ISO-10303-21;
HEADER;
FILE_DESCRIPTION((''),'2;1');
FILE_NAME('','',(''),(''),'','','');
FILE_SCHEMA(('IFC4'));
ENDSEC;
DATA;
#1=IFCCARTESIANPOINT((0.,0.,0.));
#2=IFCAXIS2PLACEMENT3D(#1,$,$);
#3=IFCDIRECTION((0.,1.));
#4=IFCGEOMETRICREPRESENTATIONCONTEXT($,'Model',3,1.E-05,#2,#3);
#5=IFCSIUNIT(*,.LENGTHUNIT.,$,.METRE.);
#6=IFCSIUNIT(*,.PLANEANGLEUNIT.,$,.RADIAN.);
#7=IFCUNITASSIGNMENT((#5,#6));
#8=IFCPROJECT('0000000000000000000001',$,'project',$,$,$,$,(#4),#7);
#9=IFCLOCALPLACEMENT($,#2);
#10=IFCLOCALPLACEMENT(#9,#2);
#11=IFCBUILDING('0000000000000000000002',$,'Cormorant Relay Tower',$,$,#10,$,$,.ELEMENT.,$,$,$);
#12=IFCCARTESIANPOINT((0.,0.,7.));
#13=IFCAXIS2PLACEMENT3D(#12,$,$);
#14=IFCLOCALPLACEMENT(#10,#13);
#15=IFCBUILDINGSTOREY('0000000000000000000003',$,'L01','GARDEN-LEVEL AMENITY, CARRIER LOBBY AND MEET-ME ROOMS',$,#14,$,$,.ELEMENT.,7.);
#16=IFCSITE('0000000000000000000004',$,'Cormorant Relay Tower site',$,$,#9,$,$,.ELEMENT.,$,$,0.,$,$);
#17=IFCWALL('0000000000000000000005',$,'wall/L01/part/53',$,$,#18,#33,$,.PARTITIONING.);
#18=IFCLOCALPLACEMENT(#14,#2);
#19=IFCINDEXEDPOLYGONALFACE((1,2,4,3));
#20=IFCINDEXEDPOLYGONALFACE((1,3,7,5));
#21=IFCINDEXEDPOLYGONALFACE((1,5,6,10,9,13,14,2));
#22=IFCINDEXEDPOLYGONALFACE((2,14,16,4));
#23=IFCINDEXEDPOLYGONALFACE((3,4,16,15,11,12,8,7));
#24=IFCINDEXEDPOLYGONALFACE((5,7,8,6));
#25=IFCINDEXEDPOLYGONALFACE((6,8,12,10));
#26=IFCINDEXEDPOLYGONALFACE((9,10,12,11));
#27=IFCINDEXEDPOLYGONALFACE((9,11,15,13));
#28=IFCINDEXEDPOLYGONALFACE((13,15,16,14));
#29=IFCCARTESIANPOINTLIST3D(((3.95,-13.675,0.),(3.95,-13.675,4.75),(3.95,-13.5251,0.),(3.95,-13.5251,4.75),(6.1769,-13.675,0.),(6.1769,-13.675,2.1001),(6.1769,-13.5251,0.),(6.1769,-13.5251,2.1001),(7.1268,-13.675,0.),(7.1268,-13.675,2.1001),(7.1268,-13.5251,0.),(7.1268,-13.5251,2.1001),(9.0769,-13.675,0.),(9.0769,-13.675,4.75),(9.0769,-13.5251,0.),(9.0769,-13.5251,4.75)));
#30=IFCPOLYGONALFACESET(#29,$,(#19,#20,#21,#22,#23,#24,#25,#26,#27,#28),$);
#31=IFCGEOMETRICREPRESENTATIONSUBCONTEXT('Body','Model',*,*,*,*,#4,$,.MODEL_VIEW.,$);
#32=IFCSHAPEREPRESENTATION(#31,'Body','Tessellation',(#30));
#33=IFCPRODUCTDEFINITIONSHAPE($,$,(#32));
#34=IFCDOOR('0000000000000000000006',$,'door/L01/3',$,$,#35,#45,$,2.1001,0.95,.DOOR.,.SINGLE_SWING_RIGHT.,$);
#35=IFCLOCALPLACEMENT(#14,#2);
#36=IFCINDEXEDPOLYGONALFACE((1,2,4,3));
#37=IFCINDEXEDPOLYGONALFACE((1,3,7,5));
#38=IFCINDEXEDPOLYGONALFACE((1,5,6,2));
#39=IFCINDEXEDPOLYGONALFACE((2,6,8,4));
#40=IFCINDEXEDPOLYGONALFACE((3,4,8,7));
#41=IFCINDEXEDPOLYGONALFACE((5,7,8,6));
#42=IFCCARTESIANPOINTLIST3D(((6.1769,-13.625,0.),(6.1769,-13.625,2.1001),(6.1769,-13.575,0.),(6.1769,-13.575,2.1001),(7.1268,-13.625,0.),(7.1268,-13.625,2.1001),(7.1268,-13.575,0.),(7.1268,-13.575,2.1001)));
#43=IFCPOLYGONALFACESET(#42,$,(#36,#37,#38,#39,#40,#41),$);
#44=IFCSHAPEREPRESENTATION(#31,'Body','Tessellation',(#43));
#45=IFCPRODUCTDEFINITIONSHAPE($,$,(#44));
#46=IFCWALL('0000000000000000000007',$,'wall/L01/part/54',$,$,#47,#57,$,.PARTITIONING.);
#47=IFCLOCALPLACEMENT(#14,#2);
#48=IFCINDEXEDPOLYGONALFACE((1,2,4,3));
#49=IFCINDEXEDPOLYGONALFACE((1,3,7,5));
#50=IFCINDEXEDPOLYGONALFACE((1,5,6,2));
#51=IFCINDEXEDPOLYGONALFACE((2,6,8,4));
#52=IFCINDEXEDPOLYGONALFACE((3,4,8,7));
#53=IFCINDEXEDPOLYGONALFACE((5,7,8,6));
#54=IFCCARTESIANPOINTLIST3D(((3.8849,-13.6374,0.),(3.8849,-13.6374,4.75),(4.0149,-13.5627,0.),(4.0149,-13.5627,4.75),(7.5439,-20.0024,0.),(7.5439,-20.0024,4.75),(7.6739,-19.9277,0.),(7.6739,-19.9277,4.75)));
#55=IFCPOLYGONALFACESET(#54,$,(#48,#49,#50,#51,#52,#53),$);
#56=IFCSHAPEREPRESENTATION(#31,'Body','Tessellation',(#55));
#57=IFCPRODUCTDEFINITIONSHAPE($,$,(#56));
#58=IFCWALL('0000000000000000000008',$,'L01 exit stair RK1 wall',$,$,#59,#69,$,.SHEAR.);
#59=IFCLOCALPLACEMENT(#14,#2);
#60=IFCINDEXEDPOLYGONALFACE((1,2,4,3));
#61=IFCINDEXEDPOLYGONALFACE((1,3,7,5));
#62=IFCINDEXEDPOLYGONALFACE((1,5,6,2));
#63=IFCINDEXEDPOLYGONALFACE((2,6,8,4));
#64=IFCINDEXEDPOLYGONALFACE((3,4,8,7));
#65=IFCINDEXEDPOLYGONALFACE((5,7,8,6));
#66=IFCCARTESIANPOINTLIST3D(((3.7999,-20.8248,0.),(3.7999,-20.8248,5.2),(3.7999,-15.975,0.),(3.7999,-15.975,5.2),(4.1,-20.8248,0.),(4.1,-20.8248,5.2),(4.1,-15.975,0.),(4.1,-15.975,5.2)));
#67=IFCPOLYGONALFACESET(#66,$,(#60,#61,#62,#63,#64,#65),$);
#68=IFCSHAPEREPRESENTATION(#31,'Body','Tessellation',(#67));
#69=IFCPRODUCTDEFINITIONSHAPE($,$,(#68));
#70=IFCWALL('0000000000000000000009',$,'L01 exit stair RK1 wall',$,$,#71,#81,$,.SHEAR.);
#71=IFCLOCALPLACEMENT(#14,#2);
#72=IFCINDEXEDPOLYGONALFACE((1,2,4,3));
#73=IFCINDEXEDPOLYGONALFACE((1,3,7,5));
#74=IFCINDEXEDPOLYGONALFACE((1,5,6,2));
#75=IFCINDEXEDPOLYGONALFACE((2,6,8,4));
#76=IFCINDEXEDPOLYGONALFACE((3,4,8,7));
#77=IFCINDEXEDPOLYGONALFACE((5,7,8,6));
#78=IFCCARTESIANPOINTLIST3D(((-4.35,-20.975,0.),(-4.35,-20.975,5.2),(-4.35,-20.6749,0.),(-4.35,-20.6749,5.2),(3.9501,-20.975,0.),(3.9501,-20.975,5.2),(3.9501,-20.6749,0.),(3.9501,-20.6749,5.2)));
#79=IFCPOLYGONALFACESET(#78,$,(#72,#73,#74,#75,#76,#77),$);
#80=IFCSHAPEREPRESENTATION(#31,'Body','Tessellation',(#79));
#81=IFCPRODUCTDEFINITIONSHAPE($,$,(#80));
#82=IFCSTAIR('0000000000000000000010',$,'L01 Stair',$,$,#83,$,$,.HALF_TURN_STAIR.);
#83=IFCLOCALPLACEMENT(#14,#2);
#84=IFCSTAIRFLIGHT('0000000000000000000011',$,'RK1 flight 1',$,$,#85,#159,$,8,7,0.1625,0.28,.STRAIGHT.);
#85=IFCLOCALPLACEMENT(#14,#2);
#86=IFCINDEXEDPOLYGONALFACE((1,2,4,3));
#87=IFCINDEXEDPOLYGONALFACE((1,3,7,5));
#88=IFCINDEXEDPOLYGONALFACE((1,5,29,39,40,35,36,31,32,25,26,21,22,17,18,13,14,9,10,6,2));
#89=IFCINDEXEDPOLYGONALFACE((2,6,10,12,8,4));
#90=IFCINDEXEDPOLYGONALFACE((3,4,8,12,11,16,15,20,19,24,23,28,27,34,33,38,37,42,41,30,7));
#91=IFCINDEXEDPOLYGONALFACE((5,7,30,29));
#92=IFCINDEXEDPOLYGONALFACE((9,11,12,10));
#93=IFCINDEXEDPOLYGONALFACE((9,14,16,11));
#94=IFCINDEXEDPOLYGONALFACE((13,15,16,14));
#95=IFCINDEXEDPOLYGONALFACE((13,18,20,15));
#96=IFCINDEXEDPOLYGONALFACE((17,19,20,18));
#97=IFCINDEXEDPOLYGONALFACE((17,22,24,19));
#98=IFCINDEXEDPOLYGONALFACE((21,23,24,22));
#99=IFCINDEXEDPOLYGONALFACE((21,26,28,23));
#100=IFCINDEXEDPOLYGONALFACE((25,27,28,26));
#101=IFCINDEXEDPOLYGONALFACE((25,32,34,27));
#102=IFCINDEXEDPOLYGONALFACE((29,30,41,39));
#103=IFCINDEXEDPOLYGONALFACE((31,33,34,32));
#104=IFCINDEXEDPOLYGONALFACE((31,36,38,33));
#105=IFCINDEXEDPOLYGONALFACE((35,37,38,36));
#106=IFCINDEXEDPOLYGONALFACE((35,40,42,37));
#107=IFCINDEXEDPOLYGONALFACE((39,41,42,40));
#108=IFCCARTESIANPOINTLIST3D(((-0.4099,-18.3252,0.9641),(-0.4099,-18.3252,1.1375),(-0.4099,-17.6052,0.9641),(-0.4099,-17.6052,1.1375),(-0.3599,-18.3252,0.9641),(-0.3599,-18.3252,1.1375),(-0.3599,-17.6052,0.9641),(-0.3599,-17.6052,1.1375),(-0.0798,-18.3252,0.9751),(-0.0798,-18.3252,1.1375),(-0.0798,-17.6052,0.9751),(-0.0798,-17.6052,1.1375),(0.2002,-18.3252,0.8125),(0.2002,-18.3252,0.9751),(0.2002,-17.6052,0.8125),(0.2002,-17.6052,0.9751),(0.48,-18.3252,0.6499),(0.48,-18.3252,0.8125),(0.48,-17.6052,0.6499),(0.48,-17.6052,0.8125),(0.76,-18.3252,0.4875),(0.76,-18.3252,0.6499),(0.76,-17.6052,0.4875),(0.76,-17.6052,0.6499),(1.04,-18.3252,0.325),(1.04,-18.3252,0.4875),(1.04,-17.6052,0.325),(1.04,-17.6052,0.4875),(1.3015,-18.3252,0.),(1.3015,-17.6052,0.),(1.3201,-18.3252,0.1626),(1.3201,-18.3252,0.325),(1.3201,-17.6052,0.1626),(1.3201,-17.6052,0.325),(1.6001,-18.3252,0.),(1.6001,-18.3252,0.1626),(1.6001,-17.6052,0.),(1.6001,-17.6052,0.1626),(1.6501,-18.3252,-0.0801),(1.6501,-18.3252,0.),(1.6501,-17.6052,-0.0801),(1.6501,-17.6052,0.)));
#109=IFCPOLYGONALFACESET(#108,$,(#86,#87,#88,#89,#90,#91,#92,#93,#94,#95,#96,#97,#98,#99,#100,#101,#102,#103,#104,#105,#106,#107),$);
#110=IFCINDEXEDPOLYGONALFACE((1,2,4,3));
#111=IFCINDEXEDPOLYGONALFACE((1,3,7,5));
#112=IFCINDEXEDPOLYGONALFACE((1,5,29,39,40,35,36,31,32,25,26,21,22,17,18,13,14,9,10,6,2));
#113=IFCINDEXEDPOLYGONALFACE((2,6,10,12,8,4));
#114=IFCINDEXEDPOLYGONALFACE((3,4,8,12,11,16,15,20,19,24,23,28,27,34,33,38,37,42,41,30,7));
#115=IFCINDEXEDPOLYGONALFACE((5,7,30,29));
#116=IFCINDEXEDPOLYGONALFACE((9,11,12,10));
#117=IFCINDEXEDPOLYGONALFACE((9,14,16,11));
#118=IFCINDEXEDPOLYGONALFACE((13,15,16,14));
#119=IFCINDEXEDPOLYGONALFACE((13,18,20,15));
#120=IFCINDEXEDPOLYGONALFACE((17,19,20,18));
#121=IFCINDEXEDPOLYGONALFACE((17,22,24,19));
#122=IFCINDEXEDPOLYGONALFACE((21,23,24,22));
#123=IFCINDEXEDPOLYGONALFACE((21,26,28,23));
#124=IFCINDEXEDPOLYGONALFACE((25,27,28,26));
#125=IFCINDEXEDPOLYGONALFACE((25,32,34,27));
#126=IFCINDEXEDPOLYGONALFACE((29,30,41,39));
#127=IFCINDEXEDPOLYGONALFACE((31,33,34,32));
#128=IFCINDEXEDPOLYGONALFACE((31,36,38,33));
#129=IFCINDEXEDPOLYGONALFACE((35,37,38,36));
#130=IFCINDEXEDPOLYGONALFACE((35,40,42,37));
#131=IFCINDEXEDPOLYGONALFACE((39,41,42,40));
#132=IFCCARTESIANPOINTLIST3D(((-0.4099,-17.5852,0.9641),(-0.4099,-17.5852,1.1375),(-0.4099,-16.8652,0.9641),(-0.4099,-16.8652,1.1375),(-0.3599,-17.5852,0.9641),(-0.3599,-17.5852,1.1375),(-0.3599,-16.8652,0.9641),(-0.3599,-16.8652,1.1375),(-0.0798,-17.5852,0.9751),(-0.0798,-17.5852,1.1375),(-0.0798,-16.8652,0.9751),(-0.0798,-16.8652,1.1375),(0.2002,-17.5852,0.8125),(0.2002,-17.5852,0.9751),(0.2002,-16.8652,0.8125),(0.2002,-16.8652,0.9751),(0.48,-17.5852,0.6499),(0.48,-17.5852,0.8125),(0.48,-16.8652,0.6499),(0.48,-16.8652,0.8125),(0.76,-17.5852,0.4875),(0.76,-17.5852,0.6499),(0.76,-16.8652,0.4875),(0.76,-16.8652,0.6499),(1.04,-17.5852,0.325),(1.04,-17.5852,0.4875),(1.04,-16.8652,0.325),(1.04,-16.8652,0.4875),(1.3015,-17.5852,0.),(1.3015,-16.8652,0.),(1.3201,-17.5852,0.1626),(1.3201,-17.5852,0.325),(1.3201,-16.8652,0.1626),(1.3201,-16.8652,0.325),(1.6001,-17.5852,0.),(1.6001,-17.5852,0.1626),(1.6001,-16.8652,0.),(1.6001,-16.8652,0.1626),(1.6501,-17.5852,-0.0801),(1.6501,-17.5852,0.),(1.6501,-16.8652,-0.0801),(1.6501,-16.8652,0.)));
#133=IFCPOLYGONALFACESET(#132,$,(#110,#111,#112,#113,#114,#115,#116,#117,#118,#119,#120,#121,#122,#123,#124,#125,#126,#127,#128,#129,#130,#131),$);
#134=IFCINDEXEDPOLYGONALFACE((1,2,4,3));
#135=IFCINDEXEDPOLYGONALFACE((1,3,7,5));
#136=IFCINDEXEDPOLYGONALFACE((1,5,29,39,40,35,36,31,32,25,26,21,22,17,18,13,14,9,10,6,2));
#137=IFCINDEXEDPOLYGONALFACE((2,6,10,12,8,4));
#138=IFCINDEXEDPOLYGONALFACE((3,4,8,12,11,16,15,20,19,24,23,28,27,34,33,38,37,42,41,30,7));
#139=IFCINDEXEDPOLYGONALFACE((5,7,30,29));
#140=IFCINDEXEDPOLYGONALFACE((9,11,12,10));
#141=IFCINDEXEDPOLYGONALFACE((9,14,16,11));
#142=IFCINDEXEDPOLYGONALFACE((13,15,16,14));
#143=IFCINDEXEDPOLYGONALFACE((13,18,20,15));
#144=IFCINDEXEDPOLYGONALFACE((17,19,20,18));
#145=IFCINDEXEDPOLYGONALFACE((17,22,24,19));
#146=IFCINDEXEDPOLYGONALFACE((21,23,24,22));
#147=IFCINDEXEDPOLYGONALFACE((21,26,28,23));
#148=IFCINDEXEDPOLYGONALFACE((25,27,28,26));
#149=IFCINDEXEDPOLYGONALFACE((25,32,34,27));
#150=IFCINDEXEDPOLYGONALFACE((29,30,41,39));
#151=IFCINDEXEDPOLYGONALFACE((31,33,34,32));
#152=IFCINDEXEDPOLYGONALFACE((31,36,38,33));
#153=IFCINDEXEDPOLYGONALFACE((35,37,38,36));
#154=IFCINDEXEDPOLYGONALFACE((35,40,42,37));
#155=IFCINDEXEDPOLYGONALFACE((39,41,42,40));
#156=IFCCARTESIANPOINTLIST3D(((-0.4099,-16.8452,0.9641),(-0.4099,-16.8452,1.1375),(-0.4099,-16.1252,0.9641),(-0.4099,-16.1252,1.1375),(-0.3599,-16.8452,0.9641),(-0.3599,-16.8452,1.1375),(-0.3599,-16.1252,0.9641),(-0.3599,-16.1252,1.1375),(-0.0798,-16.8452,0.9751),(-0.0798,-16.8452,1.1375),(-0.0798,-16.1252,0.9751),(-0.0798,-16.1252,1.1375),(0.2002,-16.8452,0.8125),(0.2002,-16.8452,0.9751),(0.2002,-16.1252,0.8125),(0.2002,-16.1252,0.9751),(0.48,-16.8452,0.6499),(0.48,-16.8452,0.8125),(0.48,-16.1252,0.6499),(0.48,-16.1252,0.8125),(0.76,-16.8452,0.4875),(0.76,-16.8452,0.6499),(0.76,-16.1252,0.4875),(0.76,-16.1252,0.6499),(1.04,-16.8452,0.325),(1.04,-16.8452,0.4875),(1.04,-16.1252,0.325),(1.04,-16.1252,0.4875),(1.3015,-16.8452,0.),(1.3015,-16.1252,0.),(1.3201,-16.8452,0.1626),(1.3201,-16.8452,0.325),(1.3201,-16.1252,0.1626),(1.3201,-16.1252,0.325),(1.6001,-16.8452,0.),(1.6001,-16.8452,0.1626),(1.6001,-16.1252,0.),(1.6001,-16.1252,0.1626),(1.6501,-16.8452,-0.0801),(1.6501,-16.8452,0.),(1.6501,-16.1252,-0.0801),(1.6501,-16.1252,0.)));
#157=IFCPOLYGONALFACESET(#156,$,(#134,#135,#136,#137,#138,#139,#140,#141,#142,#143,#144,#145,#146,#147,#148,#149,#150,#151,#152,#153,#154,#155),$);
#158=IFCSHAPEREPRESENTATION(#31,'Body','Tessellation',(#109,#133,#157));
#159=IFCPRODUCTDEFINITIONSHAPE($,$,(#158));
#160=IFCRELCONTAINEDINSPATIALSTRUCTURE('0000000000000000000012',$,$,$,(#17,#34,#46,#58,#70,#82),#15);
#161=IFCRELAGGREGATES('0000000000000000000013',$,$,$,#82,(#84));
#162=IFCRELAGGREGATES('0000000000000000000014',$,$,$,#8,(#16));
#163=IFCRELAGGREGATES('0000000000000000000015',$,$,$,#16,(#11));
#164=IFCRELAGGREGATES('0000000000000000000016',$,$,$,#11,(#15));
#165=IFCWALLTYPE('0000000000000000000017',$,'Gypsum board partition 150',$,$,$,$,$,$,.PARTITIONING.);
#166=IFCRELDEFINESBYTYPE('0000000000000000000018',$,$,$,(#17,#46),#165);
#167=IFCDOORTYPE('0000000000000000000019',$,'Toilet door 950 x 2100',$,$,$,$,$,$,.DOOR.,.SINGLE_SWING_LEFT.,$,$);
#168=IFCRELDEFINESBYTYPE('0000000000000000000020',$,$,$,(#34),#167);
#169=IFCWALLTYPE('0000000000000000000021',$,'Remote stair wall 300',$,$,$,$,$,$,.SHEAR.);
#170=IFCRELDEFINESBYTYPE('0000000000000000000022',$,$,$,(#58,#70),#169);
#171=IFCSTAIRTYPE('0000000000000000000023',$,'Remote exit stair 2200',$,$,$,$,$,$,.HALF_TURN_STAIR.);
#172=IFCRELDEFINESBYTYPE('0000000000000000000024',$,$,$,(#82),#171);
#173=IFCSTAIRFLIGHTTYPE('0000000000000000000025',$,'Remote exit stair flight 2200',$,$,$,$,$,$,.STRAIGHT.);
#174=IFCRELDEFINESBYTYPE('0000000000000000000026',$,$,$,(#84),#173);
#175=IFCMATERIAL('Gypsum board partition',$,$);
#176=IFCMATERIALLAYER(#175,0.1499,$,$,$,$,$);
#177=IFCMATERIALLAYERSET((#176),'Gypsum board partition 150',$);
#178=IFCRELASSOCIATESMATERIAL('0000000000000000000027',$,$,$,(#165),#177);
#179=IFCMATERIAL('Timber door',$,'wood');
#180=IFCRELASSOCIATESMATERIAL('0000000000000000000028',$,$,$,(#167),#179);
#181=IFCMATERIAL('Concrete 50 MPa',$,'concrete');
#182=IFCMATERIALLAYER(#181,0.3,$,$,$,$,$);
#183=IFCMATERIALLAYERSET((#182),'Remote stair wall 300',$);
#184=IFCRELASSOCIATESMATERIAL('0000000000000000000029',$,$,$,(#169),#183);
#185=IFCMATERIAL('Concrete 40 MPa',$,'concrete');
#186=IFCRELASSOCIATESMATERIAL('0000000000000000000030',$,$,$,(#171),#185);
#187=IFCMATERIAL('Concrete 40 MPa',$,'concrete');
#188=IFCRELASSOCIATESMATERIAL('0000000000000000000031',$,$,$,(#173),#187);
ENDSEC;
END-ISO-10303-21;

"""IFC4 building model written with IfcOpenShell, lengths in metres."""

from ifc_helpers import new_model, si_unit, direction, frame, frame_2d, origin, place, context, subcontext, project, spatial, polyline, rectangle, outline, extrude, material, layer, layer_set, type_object, element, fill, aggregate, save


model = new_model("IFC4")

# Units and contexts
model_context = context("Model", 3, precision=1e-05, world=origin(), true_north=direction((0.0, 1.0)))
body_context = subcontext(model_context, "Body", "Model", "MODEL_VIEW")
ifc_project = project(units=[si_unit("LENGTHUNIT", "METRE"), si_unit("PLANEANGLEUNIT", "RADIAN")], contexts=[model_context])

# Site, building, storey
site_placement = place(None, origin())
site = spatial("IfcSite", under=ifc_project, at=site_placement, Name="Cormorant Relay Tower site", CompositionType="ELEMENT", RefElevation=0.0)
building_placement = place(site_placement, origin())
building = spatial("IfcBuilding", under=site, at=building_placement, Name="Cormorant Relay Tower", CompositionType="ELEMENT")
storey_placement = place(building_placement, frame((0.0, 0.0, 7.0)))
storey = spatial("IfcBuildingStorey", under=building, at=storey_placement, Name="L01", Description="GARDEN-LEVEL AMENITY, CARRIER LOBBY AND MEET-ME ROOMS", CompositionType="ELEMENT", Elevation=7.0)

# Shared definitions
ifc_material_1 = material(Name="Gypsum board partition")
ifc_layer_1 = layer(ifc_material_1, 0.1499)
ifc_layer_set_1 = layer_set([ifc_layer_1], Name="Gypsum board partition 150")
wall_type_1 = type_object("IfcWallType", Name="Gypsum board partition 150", PredefinedType="PARTITIONING", material=ifc_layer_set_1)

# Wall, opening, door
wall_1_placement = place(storey_placement, frame((9.0769, -13.6001, 0.0), z_axis=(0.0, 0.0, 1.0), x_axis=(-1.0, 0.0, 0.0)))
wall_1 = element("IfcWall", 1, at=wall_1_placement, inside=storey, type_object=wall_type_1, Name="wall/L01/part/53", PredefinedType="PARTITIONING", context=body_context, shape_type="SweptSolid", body=[
    extrude(rectangle(XDim=5.127, YDim=0.1499, at=frame_2d((2.5635, 0.0))), origin(), (0.0, 0.0, 1.0), 4.75),
])
opening_1_placement = place(wall_1_placement, frame((1.95, 0.0, 0.0)))
opening_1 = element("IfcOpeningElement", 2, at=opening_1_placement, cuts=wall_1, PredefinedType="OPENING", context=body_context, shape_type="SweptSolid", body=[
    extrude(rectangle(XDim=0.95, YDim=2.1001, at=frame_2d((0.4751, 1.05))), frame((0.0, 0.085, 0.0), z_axis=(0.0, -1.0, 0.0), x_axis=(1.0, 0.0, 0.0)), (0.0, 0.0, 1.0), 0.1699),
])
ifc_material_2 = material(Name="Timber door", Category="wood")
door_type_1 = type_object("IfcDoorType", Name="Toilet door 950 x 2100", OperationType="SINGLE_SWING_LEFT", PredefinedType="DOOR", material=ifc_material_2)
door_1_placement = place(opening_1_placement, origin())
door_1 = element("IfcDoor", 3, at=door_1_placement, inside=storey, type_object=door_type_1, Name="door/L01/3", OperationType="SINGLE_SWING_RIGHT", OverallHeight=2.1001, OverallWidth=0.95, PredefinedType="DOOR", context=body_context, shape_type="SweptSolid", body=[
    extrude(rectangle(XDim=0.95, YDim=2.1001, at=frame_2d((0.4751, 1.05))), frame((0.0, 0.0249, 0.0), z_axis=(0.0, -1.0, 0.0), x_axis=(1.0, 0.0, 0.0)), (0.0, 0.0, 1.0), 0.05),
])
fill(opening_1, door_1)

# Walls
wall_2_placement = place(storey_placement, frame((7.6089, -19.9651, 0.0), z_axis=(0.0, 0.0, 1.0), x_axis=(-0.498376, 0.866961, 0.0)))
element("IfcWall", 4, at=wall_2_placement, inside=storey, type_object=wall_type_1, Name="wall/L01/part/54", PredefinedType="PARTITIONING", context=body_context, shape_type="SweptSolid", body=[
    extrude(rectangle(XDim=7.3418, YDim=0.1499, at=frame_2d((3.6709, 0.0))), origin(), (0.0, 0.0, 1.0), 4.75),
])
ifc_material_3 = material(Name="Concrete 50 MPa", Category="concrete")
ifc_layer_2 = layer(ifc_material_3, 0.3)
ifc_layer_set_2 = layer_set([ifc_layer_2], Name="Remote stair wall 300")
wall_type_2 = type_object("IfcWallType", Name="Remote stair wall 300", PredefinedType="SHEAR", material=ifc_layer_set_2)
wall_3_placement = place(storey_placement, frame((3.95, -15.9751, 0.0), z_axis=(0.0, 0.0, 1.0), x_axis=(0.0, -1.0, 0.0)))
element("IfcWall", 5, at=wall_3_placement, inside=storey, type_object=wall_type_2, Name="L01 exit stair RK1 wall", PredefinedType="SHEAR", context=body_context, shape_type="SweptSolid", body=[
    extrude(rectangle(XDim=4.8499, YDim=0.3, at=frame_2d((2.4248, 0.0))), origin(), (0.0, 0.0, 1.0), 5.2),
])
wall_4_placement = place(storey_placement, frame((3.95, -20.825, 0.0), z_axis=(0.0, 0.0, 1.0), x_axis=(-1.0, 0.0, 0.0)))
element("IfcWall", 6, at=wall_4_placement, inside=storey, type_object=wall_type_2, Name="L01 exit stair RK1 wall", PredefinedType="SHEAR", context=body_context, shape_type="SweptSolid", body=[
    extrude(rectangle(XDim=8.3, YDim=0.3, at=frame_2d((4.1499, 0.0))), origin(), (0.0, 0.0, 1.0), 5.2),
])

# Stair, stair flight
ifc_material_4 = material(Name="Concrete 40 MPa", Category="concrete")
stair_type = type_object("IfcStairType", Name="Remote exit stair 2200", PredefinedType="HALF_TURN_STAIR", material=ifc_material_4)
stair_placement = place(storey_placement, origin())
stair = element("IfcStair", 7, at=stair_placement, inside=storey, type_object=stair_type, Name="L01 Stair", PredefinedType="HALF_TURN_STAIR")
ifc_material_5 = material(Name="Concrete 40 MPa", Category="concrete")
stair_flight_type = type_object("IfcStairFlightType", Name="Remote exit stair flight 2200", PredefinedType="STRAIGHT", material=ifc_material_5)
stair_flight_1_placement = place(storey_placement, frame((1.6001, -17.2251, 0.0), z_axis=(0.0, 0.0, 1.0), x_axis=(-1.0, 0.0, 0.0)))
stair_flight_1 = element("IfcStairFlight", 8, at=stair_flight_1_placement, type_object=stair_flight_type, Name="RK1 flight 1", NumberOfRisers=8, NumberOfTreads=7, PredefinedType="STRAIGHT", RiserHeight=0.1625, TreadLength=0.28, context=body_context, shape_type="SweptSolid", body=[
    extrude(outline(polyline([(-0.05, -0.0801), (-0.05, 0.0), (0.0, 0.0), (0.0, 0.1626), (0.28, 0.1626), (0.28, 0.325), (0.5601, 0.325), (0.5601, 0.4875), (0.8401, 0.4875), (0.8401, 0.6499), (1.1201, 0.6499), (1.1201, 0.8125), (1.3999, 0.8125), (1.3999, 0.9751), (1.6799, 0.9751), (1.6799, 1.1375), (1.96, 1.1375), (2.01, 1.1375), (2.01, 0.9641), (1.96, 0.9641), (0.2986, 0.0), (-0.05, -0.0801)])), frame((0.0, 1.1001, 0.0), z_axis=(0.0, -1.0, 0.0), x_axis=(1.0, 0.0, 0.0)), (0.0, 0.0, 1.0), 0.72),
    extrude(outline(polyline([(-0.05, -0.0801), (-0.05, 0.0), (0.0, 0.0), (0.0, 0.1626), (0.28, 0.1626), (0.28, 0.325), (0.5601, 0.325), (0.5601, 0.4875), (0.8401, 0.4875), (0.8401, 0.6499), (1.1201, 0.6499), (1.1201, 0.8125), (1.3999, 0.8125), (1.3999, 0.9751), (1.6799, 0.9751), (1.6799, 1.1375), (1.96, 1.1375), (2.01, 1.1375), (2.01, 0.9641), (1.96, 0.9641), (0.2986, 0.0), (-0.05, -0.0801)])), frame((0.0, 0.3601, 0.0), z_axis=(0.0, -1.0, 0.0), x_axis=(1.0, 0.0, 0.0)), (0.0, 0.0, 1.0), 0.72),
    extrude(outline(polyline([(-0.05, -0.0801), (-0.05, 0.0), (0.0, 0.0), (0.0, 0.1626), (0.28, 0.1626), (0.28, 0.325), (0.5601, 0.325), (0.5601, 0.4875), (0.8401, 0.4875), (0.8401, 0.6499), (1.1201, 0.6499), (1.1201, 0.8125), (1.3999, 0.8125), (1.3999, 0.9751), (1.6799, 0.9751), (1.6799, 1.1375), (1.96, 1.1375), (2.01, 1.1375), (2.01, 0.9641), (1.96, 0.9641), (0.2986, 0.0), (-0.05, -0.0801)])), frame((0.0, -0.3799, 0.0), z_axis=(0.0, -1.0, 0.0), x_axis=(1.0, 0.0, 0.0)), (0.0, 0.0, 1.0), 0.72),
])
aggregate(stair, [stair_flight_1])

save(model, "model.ifc")
